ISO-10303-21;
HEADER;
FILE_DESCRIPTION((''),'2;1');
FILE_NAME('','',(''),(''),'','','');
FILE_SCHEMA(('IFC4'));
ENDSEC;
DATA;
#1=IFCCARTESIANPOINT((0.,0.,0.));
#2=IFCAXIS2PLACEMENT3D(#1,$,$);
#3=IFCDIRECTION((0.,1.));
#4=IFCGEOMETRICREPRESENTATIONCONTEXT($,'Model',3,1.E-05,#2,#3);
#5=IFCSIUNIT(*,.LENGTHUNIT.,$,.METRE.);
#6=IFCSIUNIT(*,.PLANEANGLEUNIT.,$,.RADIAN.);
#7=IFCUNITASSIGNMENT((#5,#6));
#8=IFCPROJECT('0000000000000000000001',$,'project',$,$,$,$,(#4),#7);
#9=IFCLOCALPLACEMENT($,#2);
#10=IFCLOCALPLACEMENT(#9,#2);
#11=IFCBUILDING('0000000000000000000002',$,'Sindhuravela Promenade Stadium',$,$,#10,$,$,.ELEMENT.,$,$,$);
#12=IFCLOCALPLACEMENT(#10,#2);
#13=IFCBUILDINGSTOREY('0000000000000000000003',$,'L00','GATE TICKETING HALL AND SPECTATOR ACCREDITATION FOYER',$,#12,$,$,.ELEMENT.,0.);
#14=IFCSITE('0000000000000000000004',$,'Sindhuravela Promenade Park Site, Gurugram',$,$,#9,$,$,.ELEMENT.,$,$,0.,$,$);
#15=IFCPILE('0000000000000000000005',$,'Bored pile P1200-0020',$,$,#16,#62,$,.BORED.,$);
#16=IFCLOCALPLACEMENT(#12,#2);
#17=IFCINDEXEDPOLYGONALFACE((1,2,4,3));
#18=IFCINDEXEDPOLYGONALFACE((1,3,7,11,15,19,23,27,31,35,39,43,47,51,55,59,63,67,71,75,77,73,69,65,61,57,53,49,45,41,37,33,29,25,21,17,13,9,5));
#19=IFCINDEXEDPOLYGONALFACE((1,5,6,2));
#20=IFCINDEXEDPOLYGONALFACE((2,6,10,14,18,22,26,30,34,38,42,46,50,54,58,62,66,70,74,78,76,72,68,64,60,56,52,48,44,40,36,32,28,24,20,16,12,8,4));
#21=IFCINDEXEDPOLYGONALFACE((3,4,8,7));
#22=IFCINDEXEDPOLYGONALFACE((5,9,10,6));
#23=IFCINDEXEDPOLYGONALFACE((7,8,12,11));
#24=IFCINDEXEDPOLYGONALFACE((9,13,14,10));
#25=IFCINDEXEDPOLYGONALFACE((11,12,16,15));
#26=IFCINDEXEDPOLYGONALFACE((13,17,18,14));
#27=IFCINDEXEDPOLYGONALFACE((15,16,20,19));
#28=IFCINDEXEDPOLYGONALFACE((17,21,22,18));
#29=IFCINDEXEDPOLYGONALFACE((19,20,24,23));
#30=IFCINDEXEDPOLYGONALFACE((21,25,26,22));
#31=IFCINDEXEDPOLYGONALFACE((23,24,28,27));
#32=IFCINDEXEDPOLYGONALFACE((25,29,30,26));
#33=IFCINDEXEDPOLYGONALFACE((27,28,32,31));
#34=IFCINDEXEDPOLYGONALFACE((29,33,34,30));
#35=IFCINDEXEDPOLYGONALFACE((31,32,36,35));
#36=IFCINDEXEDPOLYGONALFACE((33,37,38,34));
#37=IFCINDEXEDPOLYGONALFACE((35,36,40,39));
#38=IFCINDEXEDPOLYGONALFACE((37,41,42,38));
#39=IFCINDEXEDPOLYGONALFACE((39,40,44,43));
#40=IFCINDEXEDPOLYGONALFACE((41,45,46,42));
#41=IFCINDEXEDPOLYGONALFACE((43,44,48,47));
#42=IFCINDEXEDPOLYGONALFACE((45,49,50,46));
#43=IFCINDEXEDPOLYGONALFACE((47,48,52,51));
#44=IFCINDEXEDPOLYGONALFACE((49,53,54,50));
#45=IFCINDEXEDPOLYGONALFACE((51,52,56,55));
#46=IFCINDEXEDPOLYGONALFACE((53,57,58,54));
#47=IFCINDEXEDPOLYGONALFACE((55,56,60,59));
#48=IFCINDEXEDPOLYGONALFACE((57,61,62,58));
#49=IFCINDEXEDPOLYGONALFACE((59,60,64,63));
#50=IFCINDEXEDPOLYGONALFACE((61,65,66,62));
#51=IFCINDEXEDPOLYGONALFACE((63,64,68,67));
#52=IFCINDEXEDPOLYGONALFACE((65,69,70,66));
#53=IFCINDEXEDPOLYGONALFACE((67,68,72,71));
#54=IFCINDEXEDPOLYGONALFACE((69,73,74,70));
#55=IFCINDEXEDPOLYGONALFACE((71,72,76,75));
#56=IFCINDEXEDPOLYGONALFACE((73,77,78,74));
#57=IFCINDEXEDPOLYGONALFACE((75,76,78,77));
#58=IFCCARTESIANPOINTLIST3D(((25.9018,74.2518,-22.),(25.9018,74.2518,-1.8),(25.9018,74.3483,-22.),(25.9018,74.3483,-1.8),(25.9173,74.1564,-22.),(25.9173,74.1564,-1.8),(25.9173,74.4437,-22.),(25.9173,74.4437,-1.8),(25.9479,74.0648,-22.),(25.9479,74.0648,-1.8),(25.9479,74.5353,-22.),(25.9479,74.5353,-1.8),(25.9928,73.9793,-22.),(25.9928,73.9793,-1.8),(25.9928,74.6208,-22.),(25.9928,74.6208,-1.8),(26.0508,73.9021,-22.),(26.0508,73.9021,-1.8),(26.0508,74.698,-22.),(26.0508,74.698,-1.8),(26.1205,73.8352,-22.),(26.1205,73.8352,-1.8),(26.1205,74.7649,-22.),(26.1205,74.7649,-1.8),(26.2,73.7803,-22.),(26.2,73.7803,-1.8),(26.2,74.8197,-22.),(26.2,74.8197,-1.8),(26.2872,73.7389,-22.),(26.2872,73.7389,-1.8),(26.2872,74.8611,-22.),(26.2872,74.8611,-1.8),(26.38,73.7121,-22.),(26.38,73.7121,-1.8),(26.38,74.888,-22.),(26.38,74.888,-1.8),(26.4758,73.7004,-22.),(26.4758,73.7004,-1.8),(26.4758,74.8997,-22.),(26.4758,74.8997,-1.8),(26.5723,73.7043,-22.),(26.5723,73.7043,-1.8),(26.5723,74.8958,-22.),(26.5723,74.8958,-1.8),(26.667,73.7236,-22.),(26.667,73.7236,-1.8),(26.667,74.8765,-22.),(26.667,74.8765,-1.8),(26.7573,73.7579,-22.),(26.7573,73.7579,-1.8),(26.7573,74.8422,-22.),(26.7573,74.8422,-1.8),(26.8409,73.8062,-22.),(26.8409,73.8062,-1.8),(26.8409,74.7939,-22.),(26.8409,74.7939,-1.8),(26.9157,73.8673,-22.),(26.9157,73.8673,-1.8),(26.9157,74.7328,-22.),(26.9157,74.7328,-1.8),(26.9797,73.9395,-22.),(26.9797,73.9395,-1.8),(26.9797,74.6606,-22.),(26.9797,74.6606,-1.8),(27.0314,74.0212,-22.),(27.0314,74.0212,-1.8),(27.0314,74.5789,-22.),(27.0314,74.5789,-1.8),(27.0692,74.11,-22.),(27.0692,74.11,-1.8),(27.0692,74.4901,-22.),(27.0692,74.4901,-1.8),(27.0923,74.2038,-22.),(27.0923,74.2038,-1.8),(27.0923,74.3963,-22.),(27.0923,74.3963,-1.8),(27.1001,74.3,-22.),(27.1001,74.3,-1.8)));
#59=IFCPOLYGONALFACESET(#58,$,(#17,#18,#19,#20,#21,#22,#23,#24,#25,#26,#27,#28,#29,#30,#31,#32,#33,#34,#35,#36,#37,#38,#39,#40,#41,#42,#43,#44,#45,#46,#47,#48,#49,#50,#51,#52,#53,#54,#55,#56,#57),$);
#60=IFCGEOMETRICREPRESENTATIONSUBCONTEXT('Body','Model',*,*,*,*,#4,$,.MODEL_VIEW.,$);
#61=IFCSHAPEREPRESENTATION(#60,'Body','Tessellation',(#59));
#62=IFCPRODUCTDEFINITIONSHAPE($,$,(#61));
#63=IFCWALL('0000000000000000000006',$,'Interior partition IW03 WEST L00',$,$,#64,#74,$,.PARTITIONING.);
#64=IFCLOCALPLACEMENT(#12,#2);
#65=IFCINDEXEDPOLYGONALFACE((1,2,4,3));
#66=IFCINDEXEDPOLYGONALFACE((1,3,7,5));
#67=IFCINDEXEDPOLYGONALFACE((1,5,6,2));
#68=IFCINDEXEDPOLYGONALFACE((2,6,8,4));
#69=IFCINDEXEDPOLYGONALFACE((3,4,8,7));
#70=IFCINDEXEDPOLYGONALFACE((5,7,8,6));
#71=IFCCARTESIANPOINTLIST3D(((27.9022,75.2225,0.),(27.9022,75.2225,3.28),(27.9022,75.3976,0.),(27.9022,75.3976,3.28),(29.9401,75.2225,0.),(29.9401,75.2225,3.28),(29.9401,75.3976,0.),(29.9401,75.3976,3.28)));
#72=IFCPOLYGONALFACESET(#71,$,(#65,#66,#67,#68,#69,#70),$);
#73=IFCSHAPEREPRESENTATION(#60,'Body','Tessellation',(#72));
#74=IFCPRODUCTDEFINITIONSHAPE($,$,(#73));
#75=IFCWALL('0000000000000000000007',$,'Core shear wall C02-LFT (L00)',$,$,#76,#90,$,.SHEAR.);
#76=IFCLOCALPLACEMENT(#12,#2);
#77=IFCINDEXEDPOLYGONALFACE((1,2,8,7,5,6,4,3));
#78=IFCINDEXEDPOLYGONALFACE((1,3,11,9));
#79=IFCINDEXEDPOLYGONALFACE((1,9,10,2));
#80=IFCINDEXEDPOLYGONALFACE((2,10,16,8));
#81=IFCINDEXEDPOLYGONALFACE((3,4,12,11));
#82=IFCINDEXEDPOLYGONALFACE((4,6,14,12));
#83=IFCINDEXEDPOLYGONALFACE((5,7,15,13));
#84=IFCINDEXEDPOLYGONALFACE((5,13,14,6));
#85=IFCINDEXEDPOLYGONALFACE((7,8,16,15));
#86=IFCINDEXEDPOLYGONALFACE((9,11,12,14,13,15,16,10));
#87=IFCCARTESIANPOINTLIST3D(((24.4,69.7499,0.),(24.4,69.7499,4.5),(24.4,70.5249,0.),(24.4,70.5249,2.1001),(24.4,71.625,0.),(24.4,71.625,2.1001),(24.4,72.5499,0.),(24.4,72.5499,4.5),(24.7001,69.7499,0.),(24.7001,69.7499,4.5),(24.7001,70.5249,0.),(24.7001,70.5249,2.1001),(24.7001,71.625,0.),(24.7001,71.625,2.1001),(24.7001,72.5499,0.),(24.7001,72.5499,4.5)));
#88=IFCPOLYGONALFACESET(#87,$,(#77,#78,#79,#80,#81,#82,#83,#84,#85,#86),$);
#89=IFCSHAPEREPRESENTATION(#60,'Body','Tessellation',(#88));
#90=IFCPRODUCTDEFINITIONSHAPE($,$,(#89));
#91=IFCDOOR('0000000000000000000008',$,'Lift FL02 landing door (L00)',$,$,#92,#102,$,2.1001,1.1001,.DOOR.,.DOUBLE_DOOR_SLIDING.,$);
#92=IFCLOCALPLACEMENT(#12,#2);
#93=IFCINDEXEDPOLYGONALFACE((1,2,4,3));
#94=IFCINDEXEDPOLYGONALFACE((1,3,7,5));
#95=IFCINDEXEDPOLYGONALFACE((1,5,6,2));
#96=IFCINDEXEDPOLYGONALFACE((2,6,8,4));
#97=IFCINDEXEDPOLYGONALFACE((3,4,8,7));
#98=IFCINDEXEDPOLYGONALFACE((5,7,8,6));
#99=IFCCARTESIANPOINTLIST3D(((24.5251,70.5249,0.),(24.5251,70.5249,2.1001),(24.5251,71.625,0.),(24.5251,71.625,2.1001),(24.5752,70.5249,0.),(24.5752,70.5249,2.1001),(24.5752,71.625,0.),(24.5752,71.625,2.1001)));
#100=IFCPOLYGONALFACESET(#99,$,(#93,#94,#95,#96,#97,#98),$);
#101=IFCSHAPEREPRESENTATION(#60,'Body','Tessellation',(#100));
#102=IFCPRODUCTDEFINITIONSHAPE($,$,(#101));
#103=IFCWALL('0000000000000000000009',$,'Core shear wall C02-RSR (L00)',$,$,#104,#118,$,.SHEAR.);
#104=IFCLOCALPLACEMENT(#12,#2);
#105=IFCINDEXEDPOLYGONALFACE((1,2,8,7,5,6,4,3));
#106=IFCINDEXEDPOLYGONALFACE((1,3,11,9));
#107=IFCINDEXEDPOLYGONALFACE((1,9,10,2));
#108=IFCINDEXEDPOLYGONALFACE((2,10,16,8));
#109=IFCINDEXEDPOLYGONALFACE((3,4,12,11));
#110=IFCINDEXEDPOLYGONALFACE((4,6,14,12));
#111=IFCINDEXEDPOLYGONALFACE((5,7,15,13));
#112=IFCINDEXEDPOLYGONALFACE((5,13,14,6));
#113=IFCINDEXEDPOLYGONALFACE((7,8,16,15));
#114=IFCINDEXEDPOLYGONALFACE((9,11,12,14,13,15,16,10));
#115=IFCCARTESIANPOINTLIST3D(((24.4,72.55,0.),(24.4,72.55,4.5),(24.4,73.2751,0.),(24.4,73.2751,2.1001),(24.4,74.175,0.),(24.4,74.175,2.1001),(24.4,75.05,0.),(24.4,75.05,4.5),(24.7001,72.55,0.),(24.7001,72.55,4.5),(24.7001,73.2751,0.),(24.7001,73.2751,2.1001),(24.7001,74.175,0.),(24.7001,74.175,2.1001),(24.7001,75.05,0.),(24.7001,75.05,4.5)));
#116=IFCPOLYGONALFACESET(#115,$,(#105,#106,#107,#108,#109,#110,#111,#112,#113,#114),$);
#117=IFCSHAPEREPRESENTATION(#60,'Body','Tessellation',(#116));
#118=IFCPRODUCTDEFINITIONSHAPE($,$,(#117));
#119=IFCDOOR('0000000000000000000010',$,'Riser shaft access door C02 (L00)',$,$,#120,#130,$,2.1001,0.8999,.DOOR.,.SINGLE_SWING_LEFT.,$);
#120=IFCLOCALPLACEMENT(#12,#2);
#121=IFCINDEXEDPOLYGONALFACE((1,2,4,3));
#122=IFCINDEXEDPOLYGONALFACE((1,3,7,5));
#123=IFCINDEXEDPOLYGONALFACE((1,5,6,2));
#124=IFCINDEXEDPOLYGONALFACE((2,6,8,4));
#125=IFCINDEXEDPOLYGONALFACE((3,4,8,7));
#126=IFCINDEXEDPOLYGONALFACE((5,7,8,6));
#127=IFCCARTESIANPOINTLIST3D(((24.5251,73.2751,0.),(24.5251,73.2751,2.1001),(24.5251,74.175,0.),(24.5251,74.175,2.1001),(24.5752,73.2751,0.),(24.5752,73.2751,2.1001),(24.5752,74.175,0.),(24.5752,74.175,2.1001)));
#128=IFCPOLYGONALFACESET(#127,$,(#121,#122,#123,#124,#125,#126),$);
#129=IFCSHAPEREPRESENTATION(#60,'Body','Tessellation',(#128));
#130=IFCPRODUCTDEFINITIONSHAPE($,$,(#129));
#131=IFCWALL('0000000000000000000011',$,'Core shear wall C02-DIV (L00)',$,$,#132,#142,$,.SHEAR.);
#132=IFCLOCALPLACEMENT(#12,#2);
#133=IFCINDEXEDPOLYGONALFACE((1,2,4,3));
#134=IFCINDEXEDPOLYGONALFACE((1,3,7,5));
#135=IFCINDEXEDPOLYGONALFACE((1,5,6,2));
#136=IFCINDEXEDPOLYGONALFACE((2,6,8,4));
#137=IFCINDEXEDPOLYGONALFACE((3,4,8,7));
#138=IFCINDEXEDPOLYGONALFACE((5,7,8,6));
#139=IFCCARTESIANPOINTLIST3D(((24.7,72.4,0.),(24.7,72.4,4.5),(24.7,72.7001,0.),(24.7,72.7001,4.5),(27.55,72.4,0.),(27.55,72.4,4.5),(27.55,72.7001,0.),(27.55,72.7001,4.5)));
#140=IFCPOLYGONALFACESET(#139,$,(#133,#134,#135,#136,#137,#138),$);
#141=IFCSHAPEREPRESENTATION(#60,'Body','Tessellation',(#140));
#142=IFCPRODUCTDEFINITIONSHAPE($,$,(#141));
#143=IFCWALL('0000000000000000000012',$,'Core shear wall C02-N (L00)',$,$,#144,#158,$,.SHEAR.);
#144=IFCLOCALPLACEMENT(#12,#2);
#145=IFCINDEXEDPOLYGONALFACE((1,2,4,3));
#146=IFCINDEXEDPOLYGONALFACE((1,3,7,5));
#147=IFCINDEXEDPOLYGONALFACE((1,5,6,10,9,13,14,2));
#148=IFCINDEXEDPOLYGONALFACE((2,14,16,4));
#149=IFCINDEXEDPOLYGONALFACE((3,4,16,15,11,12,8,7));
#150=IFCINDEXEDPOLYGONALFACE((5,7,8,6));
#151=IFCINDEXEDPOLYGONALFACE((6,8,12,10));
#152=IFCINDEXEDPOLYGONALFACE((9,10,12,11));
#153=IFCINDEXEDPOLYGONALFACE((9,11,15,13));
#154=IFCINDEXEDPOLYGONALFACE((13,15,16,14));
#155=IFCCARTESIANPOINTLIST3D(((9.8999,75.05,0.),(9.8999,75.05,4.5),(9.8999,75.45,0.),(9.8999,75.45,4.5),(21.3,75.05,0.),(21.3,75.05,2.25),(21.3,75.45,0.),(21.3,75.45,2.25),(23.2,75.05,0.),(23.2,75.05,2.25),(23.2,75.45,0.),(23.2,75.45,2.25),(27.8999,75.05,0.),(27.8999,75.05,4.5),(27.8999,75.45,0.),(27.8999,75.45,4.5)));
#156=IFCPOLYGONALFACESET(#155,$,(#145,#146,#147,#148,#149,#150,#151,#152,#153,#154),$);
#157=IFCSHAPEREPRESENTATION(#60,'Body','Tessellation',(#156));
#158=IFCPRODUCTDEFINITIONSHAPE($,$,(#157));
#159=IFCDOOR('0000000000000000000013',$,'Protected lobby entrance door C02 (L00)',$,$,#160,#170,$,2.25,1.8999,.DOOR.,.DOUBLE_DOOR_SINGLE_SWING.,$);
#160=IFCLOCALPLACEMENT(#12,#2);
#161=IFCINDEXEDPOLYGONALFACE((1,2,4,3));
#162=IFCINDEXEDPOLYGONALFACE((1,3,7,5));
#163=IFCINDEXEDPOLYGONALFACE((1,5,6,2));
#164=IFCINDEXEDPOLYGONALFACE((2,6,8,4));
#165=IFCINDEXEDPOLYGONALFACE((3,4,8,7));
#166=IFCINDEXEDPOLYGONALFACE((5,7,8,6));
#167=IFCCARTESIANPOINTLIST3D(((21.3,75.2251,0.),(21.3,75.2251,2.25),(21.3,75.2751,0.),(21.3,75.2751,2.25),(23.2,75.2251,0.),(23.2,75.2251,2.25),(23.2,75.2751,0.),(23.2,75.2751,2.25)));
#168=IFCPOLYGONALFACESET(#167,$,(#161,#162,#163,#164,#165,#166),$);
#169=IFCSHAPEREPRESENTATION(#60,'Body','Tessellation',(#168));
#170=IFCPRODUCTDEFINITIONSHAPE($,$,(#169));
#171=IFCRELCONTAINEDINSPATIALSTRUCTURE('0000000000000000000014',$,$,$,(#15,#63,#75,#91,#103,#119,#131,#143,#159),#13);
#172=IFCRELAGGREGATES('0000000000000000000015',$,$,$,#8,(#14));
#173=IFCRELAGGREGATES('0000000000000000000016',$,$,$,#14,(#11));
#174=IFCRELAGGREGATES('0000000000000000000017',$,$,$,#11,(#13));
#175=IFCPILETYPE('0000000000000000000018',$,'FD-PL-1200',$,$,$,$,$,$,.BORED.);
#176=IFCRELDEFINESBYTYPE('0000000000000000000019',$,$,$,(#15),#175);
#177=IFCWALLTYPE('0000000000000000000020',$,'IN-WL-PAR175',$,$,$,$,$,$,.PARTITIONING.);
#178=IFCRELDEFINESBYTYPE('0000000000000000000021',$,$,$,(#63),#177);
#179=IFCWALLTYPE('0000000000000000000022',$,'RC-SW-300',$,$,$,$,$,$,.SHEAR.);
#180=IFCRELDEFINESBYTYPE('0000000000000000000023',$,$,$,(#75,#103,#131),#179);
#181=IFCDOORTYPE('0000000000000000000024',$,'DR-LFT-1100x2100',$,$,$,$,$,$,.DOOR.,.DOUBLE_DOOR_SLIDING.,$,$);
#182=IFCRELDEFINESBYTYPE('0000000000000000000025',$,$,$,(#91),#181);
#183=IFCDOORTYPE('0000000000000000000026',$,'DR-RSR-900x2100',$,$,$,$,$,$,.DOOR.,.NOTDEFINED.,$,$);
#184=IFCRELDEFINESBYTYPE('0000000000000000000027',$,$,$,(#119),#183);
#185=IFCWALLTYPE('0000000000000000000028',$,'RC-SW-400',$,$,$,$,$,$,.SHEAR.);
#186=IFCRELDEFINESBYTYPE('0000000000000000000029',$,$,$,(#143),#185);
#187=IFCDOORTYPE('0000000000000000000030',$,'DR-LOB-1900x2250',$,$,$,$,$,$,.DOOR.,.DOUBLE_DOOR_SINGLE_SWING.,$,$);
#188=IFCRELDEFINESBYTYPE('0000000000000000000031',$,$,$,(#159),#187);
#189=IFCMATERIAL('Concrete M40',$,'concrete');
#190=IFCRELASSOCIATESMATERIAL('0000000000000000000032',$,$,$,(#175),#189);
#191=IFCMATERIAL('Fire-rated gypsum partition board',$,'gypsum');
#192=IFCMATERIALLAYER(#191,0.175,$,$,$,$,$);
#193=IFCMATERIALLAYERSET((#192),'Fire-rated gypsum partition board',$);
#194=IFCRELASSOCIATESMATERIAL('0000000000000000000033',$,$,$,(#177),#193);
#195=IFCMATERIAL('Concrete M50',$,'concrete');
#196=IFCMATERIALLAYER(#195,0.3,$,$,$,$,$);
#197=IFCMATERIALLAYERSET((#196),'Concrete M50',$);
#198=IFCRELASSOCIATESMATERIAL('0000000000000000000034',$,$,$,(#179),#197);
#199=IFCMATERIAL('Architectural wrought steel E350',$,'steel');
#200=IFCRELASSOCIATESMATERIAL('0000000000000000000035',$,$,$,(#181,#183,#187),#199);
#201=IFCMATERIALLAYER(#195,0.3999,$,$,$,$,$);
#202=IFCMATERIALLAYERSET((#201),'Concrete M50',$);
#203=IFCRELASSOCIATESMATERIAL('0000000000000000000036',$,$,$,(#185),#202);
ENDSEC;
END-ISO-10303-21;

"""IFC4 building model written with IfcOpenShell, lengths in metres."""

from ifc_helpers import new_model, si_unit, direction, frame, frame_2d, origin, origin_2d, place, context, subcontext, project, spatial, rectangle, circle, extrude, material, layer, layer_set, material_profile, profile_set, type_object, element, fill, save


model = new_model("IFC4")

# Units and contexts
model_context = context("Model", 3, precision=1e-05, world=origin(), true_north=direction((0.0, 1.0)))
body_context = subcontext(model_context, "Body", "Model", "MODEL_VIEW")
ifc_project = project(units=[si_unit("LENGTHUNIT", "METRE"), si_unit("PLANEANGLEUNIT", "RADIAN")], contexts=[model_context])

# Site, building, storey
site_placement = place(None, origin())
site = spatial("IfcSite", under=ifc_project, at=site_placement, Name="Sindhuravela Promenade Park Site, Gurugram", CompositionType="ELEMENT", RefElevation=0.0)
building_placement = place(site_placement, origin())
building = spatial("IfcBuilding", under=site, at=building_placement, Name="Sindhuravela Promenade Stadium", CompositionType="ELEMENT")
storey_placement = place(building_placement, origin())
storey = spatial("IfcBuildingStorey", under=building, at=storey_placement, Name="L00", Description="GATE TICKETING HALL AND SPECTATOR ACCREDITATION FOYER", CompositionType="ELEMENT", Elevation=0.0)

# Shared definitions
ifc_material_1 = material(Name="Concrete M50", Category="concrete")

# Pile
ifc_material_2 = material(Name="Concrete M40", Category="concrete")
ifc_material_profile = material_profile(ifc_material_2, circle(Radius=0.6001, at=origin_2d()), Name="BORED PILE D1200")
ifc_profile_set = profile_set([ifc_material_profile], Name="Concrete M40")
pile_type = type_object("IfcPileType", Name="FD-PL-1200", PredefinedType="BORED", material=ifc_profile_set)
for number, where, z_axis, x_axis, name in (
    (1, (26.5, 74.3, -1.8), (0.0, 0.0, -1.0), (1.0, 0.0, 0.0), "Bored pile P1200-0020"),
):
    element("IfcPile", number, at=place(storey_placement, frame(where, z_axis=z_axis, x_axis=x_axis)), inside=storey, type_object=pile_type, Name=name, PredefinedType="BORED", context=body_context, shape_type="SweptSolid", body=[
        extrude(circle(Radius=0.6001, at=origin_2d()), origin(), (0.0, 0.0, 1.0), 20.2),
    ])

# Wall
ifc_material_3 = material(Name="Fire-rated gypsum partition board", Category="gypsum")
ifc_layer_1 = layer(ifc_material_3, 0.175)
ifc_layer_set_1 = layer_set([ifc_layer_1], Name="Fire-rated gypsum partition board")
wall_type_1 = type_object("IfcWallType", Name="IN-WL-PAR175", PredefinedType="PARTITIONING", material=ifc_layer_set_1)
wall_1_placement = place(storey_placement, frame((27.9021, 75.3101, 0.0), z_axis=(0.0, 0.0, 1.0), x_axis=(1.0, 0.0, 0.0)))
element("IfcWall", 2, at=wall_1_placement, inside=storey, type_object=wall_type_1, Name="Interior partition IW03 WEST L00", PredefinedType="PARTITIONING", context=body_context, shape_type="SweptSolid", body=[
    extrude(rectangle(XDim=2.0378, YDim=0.175, at=frame_2d((1.019, 0.0))), origin(), (0.0, 0.0, 1.0), 3.28),
])

# Walls, openings, doors
ifc_layer_2 = layer(ifc_material_1, 0.3)
ifc_layer_set_2 = layer_set([ifc_layer_2], Name="Concrete M50")
wall_type_2 = type_object("IfcWallType", Name="RC-SW-300", PredefinedType="SHEAR", material=ifc_layer_set_2)
wall_2_placement = place(storey_placement, frame((24.55, 69.75, 0.0), z_axis=(0.0, 0.0, 1.0), x_axis=(0.0, 1.0, 0.0)))
wall_2 = element("IfcWall", 3, at=wall_2_placement, inside=storey, type_object=wall_type_2, Name="Core shear wall C02-LFT (L00)", PredefinedType="SHEAR", context=body_context, shape_type="SweptSolid", body=[
    extrude(rectangle(XDim=2.8, YDim=0.3, at=frame_2d((1.3999, 0.0))), origin(), (0.0, 0.0, 1.0), 4.5),
])
opening_1_placement = place(wall_2_placement, frame((0.7749, 0.0, 0.0)))
opening_1 = element("IfcOpeningElement", 4, at=opening_1_placement, cuts=wall_2, PredefinedType="OPENING", context=body_context, shape_type="SweptSolid", body=[
    extrude(rectangle(XDim=1.1001, YDim=2.1001, at=frame_2d((0.55, 1.05))), frame((0.0, 0.1599, 0.0), z_axis=(0.0, -1.0, 0.0), x_axis=(1.0, 0.0, 0.0)), (0.0, 0.0, 1.0), 0.3201),
])
ifc_material_4 = material(Name="Architectural wrought steel E350", Category="steel")
door_type_1 = type_object("IfcDoorType", Name="DR-LFT-1100x2100", OperationType="DOUBLE_DOOR_SLIDING", PredefinedType="DOOR", material=ifc_material_4)
door_1_placement = place(opening_1_placement, origin())
door_1 = element("IfcDoor", 5, at=door_1_placement, inside=storey, type_object=door_type_1, Name="Lift FL02 landing door (L00)", OperationType="DOUBLE_DOOR_SLIDING", OverallHeight=2.1001, OverallWidth=1.1001, PredefinedType="DOOR", context=body_context, shape_type="SweptSolid", body=[
    extrude(rectangle(XDim=1.1001, YDim=2.1001, at=frame_2d((0.55, 1.05))), frame((0.0, 0.0249, 0.0), z_axis=(0.0, -1.0, 0.0), x_axis=(1.0, 0.0, 0.0)), (0.0, 0.0, 1.0), 0.05),
])
fill(opening_1, door_1)
wall_3_placement = place(storey_placement, frame((24.55, 72.55, 0.0), z_axis=(0.0, 0.0, 1.0), x_axis=(0.0, 1.0, 0.0)))
wall_3 = element("IfcWall", 6, at=wall_3_placement, inside=storey, type_object=wall_type_2, Name="Core shear wall C02-RSR (L00)", PredefinedType="SHEAR", context=body_context, shape_type="SweptSolid", body=[
    extrude(rectangle(XDim=2.5, YDim=0.3, at=frame_2d((1.25, 0.0))), origin(), (0.0, 0.0, 1.0), 4.5),
])
opening_2_placement = place(wall_3_placement, frame((0.7251, 0.0, 0.0)))
opening_2 = element("IfcOpeningElement", 7, at=opening_2_placement, cuts=wall_3, PredefinedType="OPENING", context=body_context, shape_type="SweptSolid", body=[
    extrude(rectangle(XDim=0.8999, YDim=2.1001, at=frame_2d((0.45, 1.05))), frame((0.0, 0.1599, 0.0), z_axis=(0.0, -1.0, 0.0), x_axis=(1.0, 0.0, 0.0)), (0.0, 0.0, 1.0), 0.3201),
])
door_type_2 = type_object("IfcDoorType", Name="DR-RSR-900x2100", OperationType="NOTDEFINED", PredefinedType="DOOR", material=ifc_material_4)
door_2_placement = place(opening_2_placement, origin())
door_2 = element("IfcDoor", 8, at=door_2_placement, inside=storey, type_object=door_type_2, Name="Riser shaft access door C02 (L00)", OperationType="SINGLE_SWING_LEFT", OverallHeight=2.1001, OverallWidth=0.8999, PredefinedType="DOOR", context=body_context, shape_type="SweptSolid", body=[
    extrude(rectangle(XDim=0.8999, YDim=2.1001, at=frame_2d((0.45, 1.05))), frame((0.0, 0.0249, 0.0), z_axis=(0.0, -1.0, 0.0), x_axis=(1.0, 0.0, 0.0)), (0.0, 0.0, 1.0), 0.05),
])
fill(opening_2, door_2)

# Wall
wall_4_placement = place(storey_placement, frame((24.7, 72.55, 0.0), z_axis=(0.0, 0.0, 1.0), x_axis=(1.0, 0.0, 0.0)))
element("IfcWall", 9, at=wall_4_placement, inside=storey, type_object=wall_type_2, Name="Core shear wall C02-DIV (L00)", PredefinedType="SHEAR", context=body_context, shape_type="SweptSolid", body=[
    extrude(rectangle(XDim=2.8501, YDim=0.3, at=frame_2d((1.425, 0.0))), origin(), (0.0, 0.0, 1.0), 4.5),
])

# Wall, opening, door
ifc_layer_3 = layer(ifc_material_1, 0.3999)
ifc_layer_set_3 = layer_set([ifc_layer_3], Name="Concrete M50")
wall_type_3 = type_object("IfcWallType", Name="RC-SW-400", PredefinedType="SHEAR", material=ifc_layer_set_3)
wall_5_placement = place(storey_placement, frame((27.8999, 75.25, 0.0), z_axis=(0.0, 0.0, 1.0), x_axis=(-1.0, 0.0, 0.0)))
wall_5 = element("IfcWall", 10, at=wall_5_placement, inside=storey, type_object=wall_type_3, Name="Core shear wall C02-N (L00)", PredefinedType="SHEAR", context=body_context, shape_type="SweptSolid", body=[
    extrude(rectangle(XDim=18.0, YDim=0.3999, at=frame_2d((9.0, 0.0))), origin(), (0.0, 0.0, 1.0), 4.5),
])
opening_3_placement = place(wall_5_placement, frame((4.7, 0.0, 0.0)))
opening_3 = element("IfcOpeningElement", 11, at=opening_3_placement, cuts=wall_5, PredefinedType="OPENING", context=body_context, shape_type="SweptSolid", body=[
    extrude(rectangle(XDim=1.8999, YDim=2.25, at=frame_2d((0.95, 1.125))), frame((0.0, 0.21, 0.0), z_axis=(0.0, -1.0, 0.0), x_axis=(1.0, 0.0, 0.0)), (0.0, 0.0, 1.0), 0.4199),
])
door_type_3 = type_object("IfcDoorType", Name="DR-LOB-1900x2250", OperationType="DOUBLE_DOOR_SINGLE_SWING", PredefinedType="DOOR", material=ifc_material_4)
door_3_placement = place(opening_3_placement, origin())
door_3 = element("IfcDoor", 12, at=door_3_placement, inside=storey, type_object=door_type_3, Name="Protected lobby entrance door C02 (L00)", OperationType="DOUBLE_DOOR_SINGLE_SWING", OverallHeight=2.25, OverallWidth=1.8999, PredefinedType="DOOR", context=body_context, shape_type="SweptSolid", body=[
    extrude(rectangle(XDim=1.8999, YDim=2.25, at=frame_2d((0.95, 1.125))), frame((0.0, 0.0249, 0.0), z_axis=(0.0, -1.0, 0.0), x_axis=(1.0, 0.0, 0.0)), (0.0, 0.0, 1.0), 0.05),
])
fill(opening_3, door_3)

save(model, "model.ifc")
